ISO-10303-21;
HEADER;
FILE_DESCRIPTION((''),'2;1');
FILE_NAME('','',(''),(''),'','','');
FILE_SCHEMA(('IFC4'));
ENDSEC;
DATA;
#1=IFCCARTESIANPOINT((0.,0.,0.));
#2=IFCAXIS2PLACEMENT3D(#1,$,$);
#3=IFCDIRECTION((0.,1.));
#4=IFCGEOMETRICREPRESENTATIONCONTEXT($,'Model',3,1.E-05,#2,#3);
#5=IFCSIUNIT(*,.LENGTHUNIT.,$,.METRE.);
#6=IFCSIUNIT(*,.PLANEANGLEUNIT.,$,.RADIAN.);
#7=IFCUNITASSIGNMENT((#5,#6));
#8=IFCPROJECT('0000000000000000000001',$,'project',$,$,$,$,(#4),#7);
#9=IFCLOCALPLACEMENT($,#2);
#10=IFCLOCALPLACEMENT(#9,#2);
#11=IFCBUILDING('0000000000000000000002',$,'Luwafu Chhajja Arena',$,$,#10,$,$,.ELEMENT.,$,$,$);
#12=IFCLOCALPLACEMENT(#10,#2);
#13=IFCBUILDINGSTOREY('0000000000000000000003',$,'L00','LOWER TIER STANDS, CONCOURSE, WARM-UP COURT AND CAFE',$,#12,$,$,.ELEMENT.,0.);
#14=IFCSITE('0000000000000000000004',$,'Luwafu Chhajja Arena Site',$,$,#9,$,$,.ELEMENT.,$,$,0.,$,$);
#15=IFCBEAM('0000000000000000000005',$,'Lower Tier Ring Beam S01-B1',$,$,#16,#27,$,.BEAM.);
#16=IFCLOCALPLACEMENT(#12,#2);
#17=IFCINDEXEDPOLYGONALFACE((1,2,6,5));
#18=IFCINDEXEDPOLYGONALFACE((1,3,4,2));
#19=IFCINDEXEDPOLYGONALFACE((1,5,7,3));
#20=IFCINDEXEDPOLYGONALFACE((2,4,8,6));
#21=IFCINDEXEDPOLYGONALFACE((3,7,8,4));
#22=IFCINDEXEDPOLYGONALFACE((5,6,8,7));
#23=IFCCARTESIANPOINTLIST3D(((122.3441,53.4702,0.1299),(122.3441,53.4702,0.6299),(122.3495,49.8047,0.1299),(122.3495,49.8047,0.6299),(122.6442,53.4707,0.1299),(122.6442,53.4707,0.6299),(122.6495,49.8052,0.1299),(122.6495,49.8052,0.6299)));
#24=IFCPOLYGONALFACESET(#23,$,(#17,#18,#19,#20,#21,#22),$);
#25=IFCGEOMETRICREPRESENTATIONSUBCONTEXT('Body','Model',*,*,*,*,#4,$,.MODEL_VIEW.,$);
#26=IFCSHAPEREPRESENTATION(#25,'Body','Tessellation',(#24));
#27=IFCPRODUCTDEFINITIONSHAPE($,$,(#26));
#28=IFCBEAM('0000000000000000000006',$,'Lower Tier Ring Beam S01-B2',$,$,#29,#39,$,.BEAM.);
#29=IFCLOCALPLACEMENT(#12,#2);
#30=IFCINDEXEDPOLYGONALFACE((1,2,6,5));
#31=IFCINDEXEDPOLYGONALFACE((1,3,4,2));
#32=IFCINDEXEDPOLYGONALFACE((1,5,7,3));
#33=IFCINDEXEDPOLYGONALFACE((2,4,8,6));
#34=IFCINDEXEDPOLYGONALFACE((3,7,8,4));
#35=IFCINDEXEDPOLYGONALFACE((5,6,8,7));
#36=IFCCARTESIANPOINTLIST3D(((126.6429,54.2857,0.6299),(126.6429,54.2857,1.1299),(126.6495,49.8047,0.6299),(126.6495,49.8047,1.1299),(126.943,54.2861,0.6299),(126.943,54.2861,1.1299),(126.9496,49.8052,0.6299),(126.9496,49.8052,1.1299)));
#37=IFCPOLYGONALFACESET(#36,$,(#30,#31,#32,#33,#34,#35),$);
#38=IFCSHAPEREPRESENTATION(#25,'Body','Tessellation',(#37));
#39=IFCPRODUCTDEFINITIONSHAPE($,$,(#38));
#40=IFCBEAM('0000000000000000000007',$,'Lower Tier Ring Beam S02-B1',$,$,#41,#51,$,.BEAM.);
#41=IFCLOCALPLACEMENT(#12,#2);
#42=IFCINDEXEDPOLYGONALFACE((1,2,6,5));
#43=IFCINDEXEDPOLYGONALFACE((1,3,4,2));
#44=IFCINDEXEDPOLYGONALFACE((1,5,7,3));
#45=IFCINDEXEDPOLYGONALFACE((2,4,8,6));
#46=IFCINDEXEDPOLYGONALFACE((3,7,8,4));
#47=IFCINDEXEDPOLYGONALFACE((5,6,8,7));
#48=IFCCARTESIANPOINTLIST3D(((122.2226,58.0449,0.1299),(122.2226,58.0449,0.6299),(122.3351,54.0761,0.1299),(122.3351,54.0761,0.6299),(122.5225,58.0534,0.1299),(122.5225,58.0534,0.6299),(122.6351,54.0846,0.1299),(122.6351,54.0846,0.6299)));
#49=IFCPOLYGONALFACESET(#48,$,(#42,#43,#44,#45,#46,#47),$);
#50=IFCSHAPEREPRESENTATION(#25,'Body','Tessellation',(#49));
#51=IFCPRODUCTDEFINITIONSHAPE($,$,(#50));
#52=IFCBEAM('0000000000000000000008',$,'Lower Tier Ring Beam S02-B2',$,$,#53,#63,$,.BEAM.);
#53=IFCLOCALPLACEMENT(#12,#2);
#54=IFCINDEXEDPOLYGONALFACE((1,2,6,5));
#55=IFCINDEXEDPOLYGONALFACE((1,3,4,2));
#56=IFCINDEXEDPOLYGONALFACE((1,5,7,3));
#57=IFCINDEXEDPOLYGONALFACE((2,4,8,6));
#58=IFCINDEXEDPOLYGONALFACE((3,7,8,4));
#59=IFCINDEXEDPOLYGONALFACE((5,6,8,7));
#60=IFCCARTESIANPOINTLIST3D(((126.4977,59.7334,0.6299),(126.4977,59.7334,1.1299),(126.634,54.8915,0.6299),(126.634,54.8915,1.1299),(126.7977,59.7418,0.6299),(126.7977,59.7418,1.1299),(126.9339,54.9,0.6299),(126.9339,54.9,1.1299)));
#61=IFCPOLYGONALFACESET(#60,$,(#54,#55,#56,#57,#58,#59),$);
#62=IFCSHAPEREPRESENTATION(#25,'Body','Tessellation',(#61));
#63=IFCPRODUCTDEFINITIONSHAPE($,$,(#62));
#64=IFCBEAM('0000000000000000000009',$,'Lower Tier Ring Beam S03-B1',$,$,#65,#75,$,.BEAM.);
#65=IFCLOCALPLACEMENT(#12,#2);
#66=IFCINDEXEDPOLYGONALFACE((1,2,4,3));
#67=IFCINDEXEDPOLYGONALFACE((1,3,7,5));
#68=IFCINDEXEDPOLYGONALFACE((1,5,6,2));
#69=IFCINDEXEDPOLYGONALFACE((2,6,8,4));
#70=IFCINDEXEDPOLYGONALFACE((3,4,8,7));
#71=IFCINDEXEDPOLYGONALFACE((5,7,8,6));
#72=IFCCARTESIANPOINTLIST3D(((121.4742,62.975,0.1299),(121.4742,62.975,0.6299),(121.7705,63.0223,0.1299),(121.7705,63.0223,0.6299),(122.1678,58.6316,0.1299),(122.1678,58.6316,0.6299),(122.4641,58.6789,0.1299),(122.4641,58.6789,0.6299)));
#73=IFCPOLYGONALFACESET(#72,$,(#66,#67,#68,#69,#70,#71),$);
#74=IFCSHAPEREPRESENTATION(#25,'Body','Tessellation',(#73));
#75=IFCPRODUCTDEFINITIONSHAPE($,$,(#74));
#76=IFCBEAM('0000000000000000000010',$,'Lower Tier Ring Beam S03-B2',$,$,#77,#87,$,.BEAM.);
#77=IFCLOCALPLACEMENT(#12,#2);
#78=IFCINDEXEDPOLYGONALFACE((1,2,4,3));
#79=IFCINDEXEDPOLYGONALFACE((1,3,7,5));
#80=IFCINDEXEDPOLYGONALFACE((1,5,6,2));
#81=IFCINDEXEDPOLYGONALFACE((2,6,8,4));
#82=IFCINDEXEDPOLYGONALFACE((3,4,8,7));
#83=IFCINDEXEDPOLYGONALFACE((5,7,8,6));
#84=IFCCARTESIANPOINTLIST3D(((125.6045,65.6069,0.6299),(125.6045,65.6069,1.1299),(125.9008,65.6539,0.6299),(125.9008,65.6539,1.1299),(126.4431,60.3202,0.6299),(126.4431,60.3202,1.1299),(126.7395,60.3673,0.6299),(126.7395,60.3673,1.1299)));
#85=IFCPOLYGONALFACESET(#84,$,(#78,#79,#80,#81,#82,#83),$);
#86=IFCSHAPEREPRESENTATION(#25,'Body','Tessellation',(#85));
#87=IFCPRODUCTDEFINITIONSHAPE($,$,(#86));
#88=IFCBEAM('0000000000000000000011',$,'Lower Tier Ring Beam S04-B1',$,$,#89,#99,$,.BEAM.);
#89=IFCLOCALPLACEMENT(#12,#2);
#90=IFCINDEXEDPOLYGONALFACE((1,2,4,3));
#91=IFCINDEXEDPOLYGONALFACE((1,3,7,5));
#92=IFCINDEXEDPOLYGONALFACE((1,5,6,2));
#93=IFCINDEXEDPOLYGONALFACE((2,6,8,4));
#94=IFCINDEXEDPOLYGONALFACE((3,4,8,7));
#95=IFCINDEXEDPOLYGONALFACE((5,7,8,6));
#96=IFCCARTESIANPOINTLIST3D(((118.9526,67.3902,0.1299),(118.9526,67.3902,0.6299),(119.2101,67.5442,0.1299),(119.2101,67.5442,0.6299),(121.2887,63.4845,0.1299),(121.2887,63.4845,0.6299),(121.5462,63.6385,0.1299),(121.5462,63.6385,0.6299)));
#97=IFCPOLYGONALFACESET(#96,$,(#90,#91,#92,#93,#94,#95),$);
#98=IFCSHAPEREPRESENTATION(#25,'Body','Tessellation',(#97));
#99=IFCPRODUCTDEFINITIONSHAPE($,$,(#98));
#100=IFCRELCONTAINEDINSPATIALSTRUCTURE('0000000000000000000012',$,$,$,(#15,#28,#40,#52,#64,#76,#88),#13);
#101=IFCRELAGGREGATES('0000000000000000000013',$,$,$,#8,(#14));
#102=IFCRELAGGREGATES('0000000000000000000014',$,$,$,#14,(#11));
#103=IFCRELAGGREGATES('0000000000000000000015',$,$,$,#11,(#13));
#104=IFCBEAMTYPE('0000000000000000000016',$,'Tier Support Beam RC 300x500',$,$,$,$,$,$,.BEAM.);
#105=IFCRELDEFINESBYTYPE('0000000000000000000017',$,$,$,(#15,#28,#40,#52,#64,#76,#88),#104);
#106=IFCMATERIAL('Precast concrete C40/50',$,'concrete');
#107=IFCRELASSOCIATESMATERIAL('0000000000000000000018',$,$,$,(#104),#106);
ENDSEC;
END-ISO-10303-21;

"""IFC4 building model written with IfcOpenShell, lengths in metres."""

from ifc_helpers import new_model, si_unit, direction, frame, origin, origin_2d, place, context, subcontext, project, spatial, rectangle, extrude, material, material_profile, profile_set, type_object, element, save


model = new_model("IFC4")

# Units and contexts
model_context = context("Model", 3, precision=1e-05, world=origin(), true_north=direction((0.0, 1.0)))
body_context = subcontext(model_context, "Body", "Model", "MODEL_VIEW")
ifc_project = project(units=[si_unit("LENGTHUNIT", "METRE"), si_unit("PLANEANGLEUNIT", "RADIAN")], contexts=[model_context])

# Site, building, storey
site_placement = place(None, origin())
site = spatial("IfcSite", under=ifc_project, at=site_placement, Name="Luwafu Chhajja Arena Site", CompositionType="ELEMENT", RefElevation=0.0)
building_placement = place(site_placement, origin())
building = spatial("IfcBuilding", under=site, at=building_placement, Name="Luwafu Chhajja Arena", CompositionType="ELEMENT")
storey_placement = place(building_placement, origin())
storey = spatial("IfcBuildingStorey", under=building, at=storey_placement, Name="L00", Description="LOWER TIER STANDS, CONCOURSE, WARM-UP COURT AND CAFE", CompositionType="ELEMENT", Elevation=0.0)

# Beams
ifc_material_1 = material(Name="Precast concrete C40/50", Category="concrete")
ifc_material_profile_1 = material_profile(ifc_material_1, rectangle(XDim=0.3, YDim=0.5, at=origin_2d()), Name="RC 300x500")
ifc_profile_set_1 = profile_set([ifc_material_profile_1], Name="Precast concrete C40/50")
beam_type_1 = type_object("IfcBeamType", Name="Tier Support Beam RC 300x500", PredefinedType="BEAM", material=ifc_profile_set_1)
beam_1_placement = place(storey_placement, frame((122.4995, 49.8049, 0.3799), z_axis=(-0.001465, 0.999999, 0.0), x_axis=(-0.999999, -0.001465, 0.0)))
element("IfcBeam", 1, at=beam_1_placement, inside=storey, type_object=beam_type_1, Name="Lower Tier Ring Beam S01-B1", PredefinedType="BEAM", context=body_context, shape_type="SweptSolid", body=[
    extrude(rectangle(XDim=0.3, YDim=0.5, at=origin_2d()), origin(), (0.0, 0.0, 1.0), 3.6655),
])
beam_2_placement = place(storey_placement, frame((126.7996, 49.8049, 0.8799), z_axis=(-0.001471, 0.999999, 0.0), x_axis=(-0.999999, -0.001471, 0.0)))
element("IfcBeam", 2, at=beam_2_placement, inside=storey, type_object=beam_type_1, Name="Lower Tier Ring Beam S01-B2", PredefinedType="BEAM", context=body_context, shape_type="SweptSolid", body=[
    extrude(rectangle(XDim=0.3, YDim=0.5, at=origin_2d()), origin(), (0.0, 0.0, 1.0), 4.481),
])
beam_3_placement = place(storey_placement, frame((122.4851, 54.0803, 0.3799), z_axis=(-0.028347, 0.999598, 0.0), x_axis=(-0.999598, -0.028347, 0.0)))
element("IfcBeam", 3, at=beam_3_placement, inside=storey, type_object=beam_type_1, Name="Lower Tier Ring Beam S02-B1", PredefinedType="BEAM", context=body_context, shape_type="SweptSolid", body=[
    extrude(rectangle(XDim=0.3, YDim=0.5, at=origin_2d()), origin(), (0.0, 0.0, 1.0), 3.9705),
])
beam_4_placement = place(storey_placement, frame((126.7839, 54.8958, 0.8799), z_axis=(-0.028125, 0.999604, 0.0), x_axis=(-0.999604, -0.028125, 0.0)))
element("IfcBeam", 4, at=beam_4_placement, inside=storey, type_object=beam_type_1, Name="Lower Tier Ring Beam S02-B2", PredefinedType="BEAM", context=body_context, shape_type="SweptSolid", body=[
    extrude(rectangle(XDim=0.3, YDim=0.5, at=origin_2d()), origin(), (0.0, 0.0, 1.0), 4.8438),
])
beam_5_placement = place(storey_placement, frame((122.3159, 58.6553, 0.3799), z_axis=(-0.15769, 0.987489, 0.0), x_axis=(-0.987489, -0.15769, 0.0)))
element("IfcBeam", 5, at=beam_5_placement, inside=storey, type_object=beam_type_1, Name="Lower Tier Ring Beam S03-B1", PredefinedType="BEAM", context=body_context, shape_type="SweptSolid", body=[
    extrude(rectangle(XDim=0.3, YDim=0.5, at=origin_2d()), origin(), (0.0, 0.0, 1.0), 4.3984),
])
beam_6_placement = place(storey_placement, frame((126.5913, 60.3438, 0.8799), z_axis=(-0.156672, 0.987651, 0.0), x_axis=(-0.987651, -0.156672, 0.0)))
element("IfcBeam", 6, at=beam_6_placement, inside=storey, type_object=beam_type_1, Name="Lower Tier Ring Beam S03-B2", PredefinedType="BEAM", context=body_context, shape_type="SweptSolid", body=[
    extrude(rectangle(XDim=0.3, YDim=0.5, at=origin_2d()), origin(), (0.0, 0.0, 1.0), 5.3528),
])
beam_7_placement = place(storey_placement, frame((121.4175, 63.5615, 0.3799), z_axis=(-0.51332, 0.858197, 0.0), x_axis=(-0.858197, -0.51332, 0.0)))
element("IfcBeam", 7, at=beam_7_placement, inside=storey, type_object=beam_type_1, Name="Lower Tier Ring Beam S04-B1", PredefinedType="BEAM", context=body_context, shape_type="SweptSolid", body=[
    extrude(rectangle(XDim=0.3, YDim=0.5, at=origin_2d()), origin(), (0.0, 0.0, 1.0), 4.551),
])

save(model, "model.ifc")
